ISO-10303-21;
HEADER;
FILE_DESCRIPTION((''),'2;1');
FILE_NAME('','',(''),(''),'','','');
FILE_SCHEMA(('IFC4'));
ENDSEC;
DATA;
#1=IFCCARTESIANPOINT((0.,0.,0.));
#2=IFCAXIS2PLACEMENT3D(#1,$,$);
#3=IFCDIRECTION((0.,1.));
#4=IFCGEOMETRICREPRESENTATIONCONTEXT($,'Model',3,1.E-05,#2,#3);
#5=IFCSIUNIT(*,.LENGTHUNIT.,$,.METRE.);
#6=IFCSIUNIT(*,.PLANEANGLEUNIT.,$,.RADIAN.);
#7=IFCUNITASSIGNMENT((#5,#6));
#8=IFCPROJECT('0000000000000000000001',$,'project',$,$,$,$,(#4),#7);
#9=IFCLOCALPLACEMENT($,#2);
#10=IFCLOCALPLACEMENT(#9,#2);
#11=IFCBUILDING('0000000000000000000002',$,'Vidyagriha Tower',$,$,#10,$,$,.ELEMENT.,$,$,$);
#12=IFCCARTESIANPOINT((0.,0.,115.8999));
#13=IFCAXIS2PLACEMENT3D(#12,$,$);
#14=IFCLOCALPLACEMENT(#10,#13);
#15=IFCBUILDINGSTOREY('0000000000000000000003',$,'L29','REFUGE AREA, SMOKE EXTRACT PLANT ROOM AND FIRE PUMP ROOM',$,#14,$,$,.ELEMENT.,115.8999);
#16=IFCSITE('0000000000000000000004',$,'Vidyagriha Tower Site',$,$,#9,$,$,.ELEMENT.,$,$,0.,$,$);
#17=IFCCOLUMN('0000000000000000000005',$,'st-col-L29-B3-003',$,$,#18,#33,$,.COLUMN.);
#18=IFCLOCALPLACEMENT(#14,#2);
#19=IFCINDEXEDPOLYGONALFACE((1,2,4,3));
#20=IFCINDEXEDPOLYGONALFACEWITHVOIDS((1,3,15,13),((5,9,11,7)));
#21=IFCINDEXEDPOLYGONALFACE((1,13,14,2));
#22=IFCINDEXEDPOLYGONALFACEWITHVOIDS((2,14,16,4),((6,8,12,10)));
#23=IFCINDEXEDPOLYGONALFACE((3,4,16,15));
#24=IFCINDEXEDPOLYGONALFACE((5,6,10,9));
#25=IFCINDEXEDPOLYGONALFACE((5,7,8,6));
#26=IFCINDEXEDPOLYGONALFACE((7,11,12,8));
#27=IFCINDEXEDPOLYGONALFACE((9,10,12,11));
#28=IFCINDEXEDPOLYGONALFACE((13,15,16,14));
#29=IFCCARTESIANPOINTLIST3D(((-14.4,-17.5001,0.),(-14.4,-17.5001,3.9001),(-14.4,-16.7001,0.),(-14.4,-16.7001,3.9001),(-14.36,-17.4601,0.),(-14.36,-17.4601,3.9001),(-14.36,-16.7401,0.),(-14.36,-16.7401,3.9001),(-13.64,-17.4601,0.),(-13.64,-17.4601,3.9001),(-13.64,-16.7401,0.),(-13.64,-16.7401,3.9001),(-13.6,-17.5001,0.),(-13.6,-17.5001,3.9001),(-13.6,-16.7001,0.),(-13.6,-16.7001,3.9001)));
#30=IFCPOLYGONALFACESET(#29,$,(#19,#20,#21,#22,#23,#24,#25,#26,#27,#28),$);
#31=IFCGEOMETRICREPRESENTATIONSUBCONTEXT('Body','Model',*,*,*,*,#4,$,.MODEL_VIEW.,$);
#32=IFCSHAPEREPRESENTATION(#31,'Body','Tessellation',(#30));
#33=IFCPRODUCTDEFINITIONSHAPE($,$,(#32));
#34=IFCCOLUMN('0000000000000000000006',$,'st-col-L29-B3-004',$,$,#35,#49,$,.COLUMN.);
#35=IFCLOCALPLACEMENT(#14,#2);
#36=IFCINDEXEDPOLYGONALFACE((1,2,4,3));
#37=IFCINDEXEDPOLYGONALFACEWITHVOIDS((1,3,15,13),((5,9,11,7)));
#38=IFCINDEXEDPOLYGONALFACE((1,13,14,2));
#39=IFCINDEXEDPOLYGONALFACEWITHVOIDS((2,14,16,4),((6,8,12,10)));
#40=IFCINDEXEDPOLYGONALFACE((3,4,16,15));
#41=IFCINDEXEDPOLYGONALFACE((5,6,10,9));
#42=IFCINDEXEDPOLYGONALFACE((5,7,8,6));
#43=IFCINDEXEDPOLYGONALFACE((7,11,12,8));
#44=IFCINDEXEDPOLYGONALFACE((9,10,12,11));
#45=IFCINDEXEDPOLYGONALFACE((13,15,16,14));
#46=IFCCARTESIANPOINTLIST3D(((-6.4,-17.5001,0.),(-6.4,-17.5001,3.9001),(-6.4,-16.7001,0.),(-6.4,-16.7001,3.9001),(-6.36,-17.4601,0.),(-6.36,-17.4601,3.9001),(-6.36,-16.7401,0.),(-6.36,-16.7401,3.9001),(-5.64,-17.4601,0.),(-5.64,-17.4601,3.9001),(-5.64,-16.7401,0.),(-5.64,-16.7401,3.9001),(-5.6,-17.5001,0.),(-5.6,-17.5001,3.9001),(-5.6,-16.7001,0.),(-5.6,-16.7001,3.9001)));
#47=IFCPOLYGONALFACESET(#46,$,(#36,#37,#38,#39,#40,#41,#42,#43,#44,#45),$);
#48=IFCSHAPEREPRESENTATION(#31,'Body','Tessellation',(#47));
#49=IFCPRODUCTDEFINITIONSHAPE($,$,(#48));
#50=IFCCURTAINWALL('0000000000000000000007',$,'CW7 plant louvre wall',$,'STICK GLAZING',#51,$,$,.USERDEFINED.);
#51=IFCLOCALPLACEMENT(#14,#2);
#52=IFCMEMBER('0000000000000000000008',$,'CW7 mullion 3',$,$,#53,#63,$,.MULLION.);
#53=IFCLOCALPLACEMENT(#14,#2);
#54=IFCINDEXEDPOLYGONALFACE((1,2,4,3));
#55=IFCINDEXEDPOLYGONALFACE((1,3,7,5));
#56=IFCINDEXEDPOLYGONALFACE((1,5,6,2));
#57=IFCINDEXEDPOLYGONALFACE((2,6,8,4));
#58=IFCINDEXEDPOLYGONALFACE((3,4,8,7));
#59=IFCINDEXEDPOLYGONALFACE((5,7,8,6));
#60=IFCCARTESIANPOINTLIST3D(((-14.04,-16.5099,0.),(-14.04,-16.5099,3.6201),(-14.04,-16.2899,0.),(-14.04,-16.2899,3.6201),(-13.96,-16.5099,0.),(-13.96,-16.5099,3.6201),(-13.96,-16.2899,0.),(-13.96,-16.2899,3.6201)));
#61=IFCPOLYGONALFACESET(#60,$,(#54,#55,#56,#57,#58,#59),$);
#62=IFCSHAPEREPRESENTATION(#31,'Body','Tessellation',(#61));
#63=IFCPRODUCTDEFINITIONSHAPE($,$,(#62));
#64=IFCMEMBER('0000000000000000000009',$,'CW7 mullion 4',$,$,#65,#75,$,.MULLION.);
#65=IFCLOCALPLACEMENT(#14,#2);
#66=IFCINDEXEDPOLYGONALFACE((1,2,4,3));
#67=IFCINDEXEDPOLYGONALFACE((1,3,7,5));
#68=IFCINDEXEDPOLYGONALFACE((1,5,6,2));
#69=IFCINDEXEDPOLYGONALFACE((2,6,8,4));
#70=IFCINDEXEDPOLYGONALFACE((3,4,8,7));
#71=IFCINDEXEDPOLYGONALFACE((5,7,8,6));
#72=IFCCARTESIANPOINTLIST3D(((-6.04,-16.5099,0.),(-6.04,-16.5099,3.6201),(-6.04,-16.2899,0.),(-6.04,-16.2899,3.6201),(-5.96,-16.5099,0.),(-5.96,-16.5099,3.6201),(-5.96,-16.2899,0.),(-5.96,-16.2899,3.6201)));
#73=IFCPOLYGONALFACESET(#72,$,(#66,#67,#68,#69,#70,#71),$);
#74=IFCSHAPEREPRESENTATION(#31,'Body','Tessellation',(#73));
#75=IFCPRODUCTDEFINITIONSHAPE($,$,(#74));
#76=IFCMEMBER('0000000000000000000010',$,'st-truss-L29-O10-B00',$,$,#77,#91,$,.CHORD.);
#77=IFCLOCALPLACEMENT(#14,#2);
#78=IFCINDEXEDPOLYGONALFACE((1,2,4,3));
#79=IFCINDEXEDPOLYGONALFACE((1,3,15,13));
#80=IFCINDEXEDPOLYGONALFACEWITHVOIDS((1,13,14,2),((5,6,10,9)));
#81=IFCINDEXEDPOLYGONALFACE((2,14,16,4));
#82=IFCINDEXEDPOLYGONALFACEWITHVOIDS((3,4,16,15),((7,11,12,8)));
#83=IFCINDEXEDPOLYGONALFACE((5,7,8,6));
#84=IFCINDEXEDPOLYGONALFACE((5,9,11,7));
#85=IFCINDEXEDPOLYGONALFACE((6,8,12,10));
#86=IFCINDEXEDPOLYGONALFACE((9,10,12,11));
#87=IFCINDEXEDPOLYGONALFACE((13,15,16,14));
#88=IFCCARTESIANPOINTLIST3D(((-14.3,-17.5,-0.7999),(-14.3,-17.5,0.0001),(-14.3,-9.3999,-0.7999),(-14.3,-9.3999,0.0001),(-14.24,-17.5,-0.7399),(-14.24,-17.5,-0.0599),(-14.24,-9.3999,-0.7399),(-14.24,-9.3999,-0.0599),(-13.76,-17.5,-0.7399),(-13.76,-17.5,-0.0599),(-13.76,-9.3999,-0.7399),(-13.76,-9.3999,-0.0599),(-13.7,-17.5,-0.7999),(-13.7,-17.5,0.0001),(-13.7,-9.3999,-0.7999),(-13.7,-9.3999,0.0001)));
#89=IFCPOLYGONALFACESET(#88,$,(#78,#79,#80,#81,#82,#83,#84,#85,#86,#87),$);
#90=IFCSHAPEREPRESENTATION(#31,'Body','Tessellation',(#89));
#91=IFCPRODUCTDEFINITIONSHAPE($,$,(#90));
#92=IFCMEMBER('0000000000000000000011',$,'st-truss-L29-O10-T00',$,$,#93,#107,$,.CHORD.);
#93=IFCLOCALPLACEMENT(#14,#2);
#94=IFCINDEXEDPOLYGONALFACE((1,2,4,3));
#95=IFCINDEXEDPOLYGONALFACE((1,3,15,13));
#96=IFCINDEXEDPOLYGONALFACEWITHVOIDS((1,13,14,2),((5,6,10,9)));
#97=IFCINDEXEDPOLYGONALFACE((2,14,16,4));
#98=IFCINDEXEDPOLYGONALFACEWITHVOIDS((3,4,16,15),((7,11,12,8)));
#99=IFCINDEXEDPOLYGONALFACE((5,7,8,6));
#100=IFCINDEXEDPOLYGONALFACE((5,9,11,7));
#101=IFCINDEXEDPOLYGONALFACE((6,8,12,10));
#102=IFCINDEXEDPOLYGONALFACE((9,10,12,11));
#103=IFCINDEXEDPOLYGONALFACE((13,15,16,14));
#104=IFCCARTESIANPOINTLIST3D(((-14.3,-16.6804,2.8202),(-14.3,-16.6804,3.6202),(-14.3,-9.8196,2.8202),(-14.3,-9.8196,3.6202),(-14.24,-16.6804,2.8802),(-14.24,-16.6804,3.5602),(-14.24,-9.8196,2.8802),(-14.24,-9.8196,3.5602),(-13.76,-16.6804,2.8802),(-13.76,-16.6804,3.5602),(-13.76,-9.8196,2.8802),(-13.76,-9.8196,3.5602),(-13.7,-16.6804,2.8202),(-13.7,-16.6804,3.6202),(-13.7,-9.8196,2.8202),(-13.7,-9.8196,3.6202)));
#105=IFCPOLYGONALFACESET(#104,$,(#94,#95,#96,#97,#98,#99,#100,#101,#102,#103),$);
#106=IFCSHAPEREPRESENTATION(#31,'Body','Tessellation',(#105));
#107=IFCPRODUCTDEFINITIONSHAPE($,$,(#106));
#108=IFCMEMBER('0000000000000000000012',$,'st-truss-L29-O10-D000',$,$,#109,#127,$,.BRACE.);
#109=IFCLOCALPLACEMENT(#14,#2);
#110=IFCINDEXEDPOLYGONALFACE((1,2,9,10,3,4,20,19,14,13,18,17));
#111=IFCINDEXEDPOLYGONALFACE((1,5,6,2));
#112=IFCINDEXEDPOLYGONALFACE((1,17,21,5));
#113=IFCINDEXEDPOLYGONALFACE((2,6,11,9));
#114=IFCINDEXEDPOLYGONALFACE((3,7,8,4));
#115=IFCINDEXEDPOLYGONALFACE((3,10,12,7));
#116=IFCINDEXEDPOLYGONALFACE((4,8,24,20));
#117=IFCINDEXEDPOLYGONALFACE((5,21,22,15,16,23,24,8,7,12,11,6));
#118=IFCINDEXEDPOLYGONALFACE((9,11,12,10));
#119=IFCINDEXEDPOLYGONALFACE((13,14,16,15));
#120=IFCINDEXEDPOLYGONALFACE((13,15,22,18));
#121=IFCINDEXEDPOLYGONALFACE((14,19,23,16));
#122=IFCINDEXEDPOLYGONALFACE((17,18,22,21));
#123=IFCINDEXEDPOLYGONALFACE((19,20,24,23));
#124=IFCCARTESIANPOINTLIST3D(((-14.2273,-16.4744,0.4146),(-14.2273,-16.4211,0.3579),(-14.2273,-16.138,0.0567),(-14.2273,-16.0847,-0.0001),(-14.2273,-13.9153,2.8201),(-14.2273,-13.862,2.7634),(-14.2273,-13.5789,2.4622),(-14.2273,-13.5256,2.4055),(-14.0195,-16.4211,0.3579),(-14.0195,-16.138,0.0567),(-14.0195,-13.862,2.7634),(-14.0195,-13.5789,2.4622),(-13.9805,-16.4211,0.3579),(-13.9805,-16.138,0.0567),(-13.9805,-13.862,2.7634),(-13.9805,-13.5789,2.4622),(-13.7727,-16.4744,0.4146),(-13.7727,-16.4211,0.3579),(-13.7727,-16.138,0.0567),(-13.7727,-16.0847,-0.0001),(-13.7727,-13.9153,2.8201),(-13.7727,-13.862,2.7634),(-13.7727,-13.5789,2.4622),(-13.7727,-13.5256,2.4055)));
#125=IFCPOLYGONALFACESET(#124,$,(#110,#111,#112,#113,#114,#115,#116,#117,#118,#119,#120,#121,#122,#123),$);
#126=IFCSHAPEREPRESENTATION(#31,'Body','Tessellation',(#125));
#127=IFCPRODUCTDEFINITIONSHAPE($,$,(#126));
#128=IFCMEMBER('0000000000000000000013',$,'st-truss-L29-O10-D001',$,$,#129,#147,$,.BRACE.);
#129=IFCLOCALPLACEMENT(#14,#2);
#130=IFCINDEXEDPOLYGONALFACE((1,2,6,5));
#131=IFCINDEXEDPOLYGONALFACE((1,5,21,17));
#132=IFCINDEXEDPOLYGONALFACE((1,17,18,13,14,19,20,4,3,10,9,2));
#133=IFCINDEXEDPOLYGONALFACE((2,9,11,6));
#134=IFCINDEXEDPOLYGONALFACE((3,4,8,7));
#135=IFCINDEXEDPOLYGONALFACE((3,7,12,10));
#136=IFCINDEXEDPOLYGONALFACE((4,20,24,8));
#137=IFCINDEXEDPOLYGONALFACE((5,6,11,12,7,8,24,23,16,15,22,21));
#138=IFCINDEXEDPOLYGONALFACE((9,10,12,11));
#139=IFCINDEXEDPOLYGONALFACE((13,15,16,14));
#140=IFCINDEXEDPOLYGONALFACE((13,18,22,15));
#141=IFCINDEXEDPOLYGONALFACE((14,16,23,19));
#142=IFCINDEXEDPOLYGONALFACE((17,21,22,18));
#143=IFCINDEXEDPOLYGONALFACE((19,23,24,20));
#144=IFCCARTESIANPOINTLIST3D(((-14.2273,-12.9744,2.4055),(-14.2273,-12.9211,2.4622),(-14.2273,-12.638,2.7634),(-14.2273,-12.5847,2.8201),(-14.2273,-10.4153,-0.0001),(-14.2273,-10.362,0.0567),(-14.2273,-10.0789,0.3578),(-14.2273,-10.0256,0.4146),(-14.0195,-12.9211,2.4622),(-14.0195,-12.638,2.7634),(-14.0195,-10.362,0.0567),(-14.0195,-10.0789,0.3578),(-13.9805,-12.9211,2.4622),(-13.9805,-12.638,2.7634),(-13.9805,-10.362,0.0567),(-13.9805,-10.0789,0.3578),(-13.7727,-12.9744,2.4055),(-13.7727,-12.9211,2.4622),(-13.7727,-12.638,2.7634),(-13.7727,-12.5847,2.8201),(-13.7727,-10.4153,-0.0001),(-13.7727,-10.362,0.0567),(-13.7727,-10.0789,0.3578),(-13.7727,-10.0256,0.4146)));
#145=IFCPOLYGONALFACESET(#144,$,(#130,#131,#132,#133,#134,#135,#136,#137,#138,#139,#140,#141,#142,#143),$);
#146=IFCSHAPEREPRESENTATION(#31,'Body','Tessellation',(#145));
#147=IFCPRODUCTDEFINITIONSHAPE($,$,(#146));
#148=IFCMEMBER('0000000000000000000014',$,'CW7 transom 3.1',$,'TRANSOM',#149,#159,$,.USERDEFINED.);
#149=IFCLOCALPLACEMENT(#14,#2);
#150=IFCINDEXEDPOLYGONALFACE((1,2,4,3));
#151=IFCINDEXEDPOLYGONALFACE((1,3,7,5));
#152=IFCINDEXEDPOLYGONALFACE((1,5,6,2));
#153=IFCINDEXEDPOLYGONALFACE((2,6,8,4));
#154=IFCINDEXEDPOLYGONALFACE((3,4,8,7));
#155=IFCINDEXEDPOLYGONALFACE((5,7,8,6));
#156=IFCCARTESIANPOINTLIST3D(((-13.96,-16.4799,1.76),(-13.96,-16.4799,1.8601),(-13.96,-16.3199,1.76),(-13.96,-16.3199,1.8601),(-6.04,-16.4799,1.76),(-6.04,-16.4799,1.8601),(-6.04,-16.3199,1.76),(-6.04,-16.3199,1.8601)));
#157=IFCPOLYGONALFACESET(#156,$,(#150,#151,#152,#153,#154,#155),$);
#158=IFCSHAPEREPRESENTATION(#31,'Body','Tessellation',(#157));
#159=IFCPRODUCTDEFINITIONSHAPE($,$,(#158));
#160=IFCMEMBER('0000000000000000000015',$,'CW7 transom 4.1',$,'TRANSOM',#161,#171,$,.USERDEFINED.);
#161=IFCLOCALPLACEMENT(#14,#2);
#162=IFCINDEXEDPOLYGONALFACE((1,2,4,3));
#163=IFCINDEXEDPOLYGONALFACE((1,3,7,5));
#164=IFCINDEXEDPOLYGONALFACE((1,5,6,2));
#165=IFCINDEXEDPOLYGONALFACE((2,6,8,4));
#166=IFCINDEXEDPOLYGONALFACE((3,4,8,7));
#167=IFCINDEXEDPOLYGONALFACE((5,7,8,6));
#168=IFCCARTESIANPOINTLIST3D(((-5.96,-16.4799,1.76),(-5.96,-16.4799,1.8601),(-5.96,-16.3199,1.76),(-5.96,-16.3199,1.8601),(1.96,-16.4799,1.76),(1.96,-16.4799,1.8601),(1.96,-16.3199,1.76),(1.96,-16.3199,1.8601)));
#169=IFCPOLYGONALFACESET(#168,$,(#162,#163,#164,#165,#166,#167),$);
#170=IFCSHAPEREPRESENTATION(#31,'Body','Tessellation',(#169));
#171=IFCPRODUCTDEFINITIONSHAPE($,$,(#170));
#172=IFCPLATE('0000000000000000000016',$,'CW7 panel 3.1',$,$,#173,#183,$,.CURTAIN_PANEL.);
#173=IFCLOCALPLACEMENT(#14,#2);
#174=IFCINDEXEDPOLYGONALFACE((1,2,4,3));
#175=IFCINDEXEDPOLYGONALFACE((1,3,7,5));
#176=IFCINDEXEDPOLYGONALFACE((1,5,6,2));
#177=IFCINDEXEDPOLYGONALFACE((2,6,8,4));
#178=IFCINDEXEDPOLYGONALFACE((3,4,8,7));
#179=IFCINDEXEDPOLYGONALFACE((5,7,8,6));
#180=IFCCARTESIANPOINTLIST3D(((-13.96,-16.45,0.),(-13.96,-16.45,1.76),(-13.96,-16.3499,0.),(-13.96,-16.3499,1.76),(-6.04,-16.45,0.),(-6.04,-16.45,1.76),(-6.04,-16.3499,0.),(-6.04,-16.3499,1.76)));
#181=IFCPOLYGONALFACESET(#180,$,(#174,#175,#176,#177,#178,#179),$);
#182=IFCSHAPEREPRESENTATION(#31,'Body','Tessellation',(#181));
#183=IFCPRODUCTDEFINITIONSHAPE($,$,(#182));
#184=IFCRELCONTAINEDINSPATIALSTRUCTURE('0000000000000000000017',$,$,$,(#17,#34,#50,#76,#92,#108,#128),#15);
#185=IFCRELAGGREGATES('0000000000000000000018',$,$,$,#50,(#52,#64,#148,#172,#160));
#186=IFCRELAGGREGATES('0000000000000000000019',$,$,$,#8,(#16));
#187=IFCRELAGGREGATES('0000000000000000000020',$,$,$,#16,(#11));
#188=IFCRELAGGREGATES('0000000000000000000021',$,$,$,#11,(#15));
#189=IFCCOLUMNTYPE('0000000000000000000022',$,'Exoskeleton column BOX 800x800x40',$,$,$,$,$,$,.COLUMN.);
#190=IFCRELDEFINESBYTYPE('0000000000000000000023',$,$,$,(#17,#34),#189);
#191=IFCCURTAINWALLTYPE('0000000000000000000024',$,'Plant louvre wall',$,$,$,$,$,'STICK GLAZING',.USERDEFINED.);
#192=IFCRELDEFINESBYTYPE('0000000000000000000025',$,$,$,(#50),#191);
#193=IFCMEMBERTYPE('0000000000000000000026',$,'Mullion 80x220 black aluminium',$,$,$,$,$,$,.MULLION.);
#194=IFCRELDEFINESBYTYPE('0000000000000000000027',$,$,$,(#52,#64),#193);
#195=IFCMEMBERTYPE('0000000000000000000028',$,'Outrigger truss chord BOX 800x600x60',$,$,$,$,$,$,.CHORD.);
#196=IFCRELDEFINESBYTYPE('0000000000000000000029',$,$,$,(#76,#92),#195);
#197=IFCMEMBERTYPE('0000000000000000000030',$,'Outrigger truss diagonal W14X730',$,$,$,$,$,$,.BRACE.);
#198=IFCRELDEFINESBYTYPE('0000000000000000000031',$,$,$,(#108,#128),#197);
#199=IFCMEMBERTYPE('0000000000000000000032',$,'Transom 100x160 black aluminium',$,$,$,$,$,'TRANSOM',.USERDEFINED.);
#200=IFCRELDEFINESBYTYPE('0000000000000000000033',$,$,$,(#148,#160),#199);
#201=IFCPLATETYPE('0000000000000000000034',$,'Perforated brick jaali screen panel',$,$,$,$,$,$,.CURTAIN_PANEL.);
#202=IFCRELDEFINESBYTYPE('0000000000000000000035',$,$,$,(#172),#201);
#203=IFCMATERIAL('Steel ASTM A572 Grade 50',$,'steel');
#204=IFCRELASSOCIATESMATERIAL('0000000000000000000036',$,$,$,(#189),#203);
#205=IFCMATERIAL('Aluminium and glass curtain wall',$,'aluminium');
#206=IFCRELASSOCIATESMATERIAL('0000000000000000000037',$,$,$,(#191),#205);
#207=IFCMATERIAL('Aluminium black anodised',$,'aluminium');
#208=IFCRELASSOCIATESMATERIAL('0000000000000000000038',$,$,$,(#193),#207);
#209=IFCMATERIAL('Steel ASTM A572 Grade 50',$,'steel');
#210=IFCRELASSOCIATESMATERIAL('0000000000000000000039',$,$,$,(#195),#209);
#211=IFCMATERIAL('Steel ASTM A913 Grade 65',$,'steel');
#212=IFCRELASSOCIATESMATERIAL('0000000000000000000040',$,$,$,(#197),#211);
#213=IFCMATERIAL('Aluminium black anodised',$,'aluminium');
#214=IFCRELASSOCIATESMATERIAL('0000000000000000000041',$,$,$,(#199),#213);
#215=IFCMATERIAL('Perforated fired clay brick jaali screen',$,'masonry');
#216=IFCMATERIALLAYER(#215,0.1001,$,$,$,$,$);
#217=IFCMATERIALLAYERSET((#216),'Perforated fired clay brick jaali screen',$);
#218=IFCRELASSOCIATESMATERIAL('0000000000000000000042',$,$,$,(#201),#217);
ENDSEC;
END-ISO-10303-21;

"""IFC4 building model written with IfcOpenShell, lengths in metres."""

from ifc_helpers import new_model, si_unit, direction, frame, origin, origin_2d, place, context, subcontext, project, spatial, rectangle, hollow_rectangle, i_section, extrude, material, layer, layer_set, material_profile, profile_set, type_object, element, aggregate, save


model = new_model("IFC4")

# Units and contexts
model_context = context("Model", 3, precision=1e-05, world=origin(), true_north=direction((0.0, 1.0)))
body_context = subcontext(model_context, "Body", "Model", "MODEL_VIEW")
ifc_project = project(units=[si_unit("LENGTHUNIT", "METRE"), si_unit("PLANEANGLEUNIT", "RADIAN")], contexts=[model_context])

# Site, building, storey
site_placement = place(None, origin())
site = spatial("IfcSite", under=ifc_project, at=site_placement, Name="Vidyagriha Tower Site", CompositionType="ELEMENT", RefElevation=0.0)
building_placement = place(site_placement, origin())
building = spatial("IfcBuilding", under=site, at=building_placement, Name="Vidyagriha Tower", CompositionType="ELEMENT")
storey_placement = place(building_placement, frame((0.0, 0.0, 115.8999)))
storey = spatial("IfcBuildingStorey", under=building, at=storey_placement, Name="L29", Description="REFUGE AREA, SMOKE EXTRACT PLANT ROOM AND FIRE PUMP ROOM", CompositionType="ELEMENT", Elevation=115.8999)

# Columns
ifc_material_1 = material(Name="Steel ASTM A572 Grade 50", Category="steel")
ifc_material_profile_1 = material_profile(ifc_material_1, hollow_rectangle(XDim=0.8, YDim=0.8, WallThickness=0.04, at=origin_2d()), Name="BOX 800x800x40")
ifc_profile_set_1 = profile_set([ifc_material_profile_1], Name="Steel ASTM A572 Grade 50")
column_type = type_object("IfcColumnType", Name="Exoskeleton column BOX 800x800x40", PredefinedType="COLUMN", material=ifc_profile_set_1)
for number, where, name in (
    (1, (-14.0, -17.1001, 0.0), "st-col-L29-B3-003"),
    (2, (-6.0, -17.1001, 0.0), "st-col-L29-B3-004"),
):
    element("IfcColumn", number, at=place(storey_placement, frame(where)), inside=storey, type_object=column_type, Name=name, PredefinedType="COLUMN", context=body_context, shape_type="SweptSolid", body=[
        extrude(hollow_rectangle(XDim=0.8, YDim=0.8, WallThickness=0.04, at=origin_2d()), origin(), (0.0, 0.0, 1.0), 3.9001),
    ])

# Curtain wall, members
ifc_material_2 = material(Name="Aluminium and glass curtain wall", Category="aluminium")
curtain_wall_type = type_object("IfcCurtainWallType", Name="Plant louvre wall", ElementType="STICK GLAZING", PredefinedType="USERDEFINED", material=ifc_material_2)
curtain_wall_placement = place(storey_placement, origin())
curtain_wall = element("IfcCurtainWall", 3, at=curtain_wall_placement, inside=storey, type_object=curtain_wall_type, Name="CW7 plant louvre wall", ObjectType="STICK GLAZING", PredefinedType="USERDEFINED")
ifc_material_3 = material(Name="Aluminium black anodised", Category="aluminium")
ifc_material_profile_2 = material_profile(ifc_material_3, rectangle(XDim=0.22, YDim=0.0801, at=origin_2d()), Name="Mullion 80x220 black aluminium")
ifc_profile_set_2 = profile_set([ifc_material_profile_2], Name="Aluminium black anodised")
member_type_1 = type_object("IfcMemberType", Name="Mullion 80x220 black aluminium", PredefinedType="MULLION", material=ifc_profile_set_2)
member_1_placement = place(storey_placement, frame((-14.0, -16.3999, 0.0), z_axis=(0.0, 0.0, 1.0), x_axis=(0.0, 1.0, 0.0)))
member_1 = element("IfcMember", 4, at=member_1_placement, type_object=member_type_1, Name="CW7 mullion 3", PredefinedType="MULLION", context=body_context, shape_type="SweptSolid", body=[
    extrude(rectangle(XDim=0.22, YDim=0.0801, at=origin_2d()), origin(), (0.0, 0.0, 1.0), 3.6201),
])
member_2_placement = place(storey_placement, frame((-6.0, -16.3999, 0.0), z_axis=(0.0, 0.0, 1.0), x_axis=(0.0, 1.0, 0.0)))
member_2 = element("IfcMember", 5, at=member_2_placement, type_object=member_type_1, Name="CW7 mullion 4", PredefinedType="MULLION", context=body_context, shape_type="SweptSolid", body=[
    extrude(rectangle(XDim=0.22, YDim=0.0801, at=origin_2d()), origin(), (0.0, 0.0, 1.0), 3.6201),
])

# Members
ifc_material_4 = material(Name="Steel ASTM A572 Grade 50", Category="steel")
ifc_material_profile_3 = material_profile(ifc_material_4, hollow_rectangle(XDim=0.6001, YDim=0.8, WallThickness=0.0601, at=origin_2d()), Name="BOX 800x600x60")
ifc_profile_set_3 = profile_set([ifc_material_profile_3], Name="Steel ASTM A572 Grade 50")
member_type_2 = type_object("IfcMemberType", Name="Outrigger truss chord BOX 800x600x60", PredefinedType="CHORD", material=ifc_profile_set_3)
member_3_placement = place(storey_placement, frame((-14.0, -17.5, -0.3999), z_axis=(0.0, 1.0, 0.0), x_axis=(-1.0, 0.0, 0.0)))
element("IfcMember", 6, at=member_3_placement, inside=storey, type_object=member_type_2, Name="st-truss-L29-O10-B00", PredefinedType="CHORD", context=body_context, shape_type="SweptSolid", body=[
    extrude(hollow_rectangle(XDim=0.6001, YDim=0.8, WallThickness=0.0601, at=origin_2d()), origin(), (0.0, 0.0, 1.0), 8.1001),
])
member_4_placement = place(storey_placement, frame((-14.0, -16.6804, 3.2202), z_axis=(0.0, 1.0, 0.0), x_axis=(-1.0, 0.0, 0.0)))
element("IfcMember", 7, at=member_4_placement, inside=storey, type_object=member_type_2, Name="st-truss-L29-O10-T00", PredefinedType="CHORD", context=body_context, shape_type="SweptSolid", body=[
    extrude(hollow_rectangle(XDim=0.6001, YDim=0.8, WallThickness=0.0601, at=origin_2d()), origin(), (0.0, 0.0, 1.0), 6.8608),
])
ifc_material_5 = material(Name="Steel ASTM A913 Grade 65", Category="steel")
ifc_material_profile_4 = material_profile(ifc_material_5, i_section(OverallWidth=0.4546, OverallDepth=0.5691, WebThickness=0.0391, FlangeThickness=0.0779, at=origin_2d()), Name="W14X730")
ifc_profile_set_4 = profile_set([ifc_material_profile_4], Name="Steel ASTM A913 Grade 65")
member_type_3 = type_object("IfcMemberType", Name="Outrigger truss diagonal W14X730", PredefinedType="BRACE", material=ifc_profile_set_4)
for number, where, z_axis, x_axis, name in (
    (8, (-14.0, -16.2795, 0.2073), (0.0, 0.72863, 0.684907), (-1.0, 0.0, 0.0), "st-truss-L29-O10-D000"),
    (9, (-14.0, -12.7795, 2.6128), (0.0, 0.72863, -0.684907), (-1.0, 0.0, 0.0), "st-truss-L29-O10-D001"),
):
    element("IfcMember", number, at=place(storey_placement, frame(where, z_axis=z_axis, x_axis=x_axis)), inside=storey, type_object=member_type_3, Name=name, PredefinedType="BRACE", context=body_context, shape_type="SweptSolid", body=[
        extrude(i_section(OverallWidth=0.4546, OverallDepth=0.5691, WebThickness=0.0391, FlangeThickness=0.0779, at=origin_2d()), origin(), (0.0, 0.0, 1.0), 3.5122),
    ])

# Members
ifc_material_6 = material(Name="Aluminium black anodised", Category="aluminium")
ifc_material_profile_5 = material_profile(ifc_material_6, rectangle(XDim=0.1599, YDim=0.1001, at=origin_2d()), Name="Transom 100x160 black aluminium")
ifc_profile_set_5 = profile_set([ifc_material_profile_5], Name="Aluminium black anodised")
member_type_4 = type_object("IfcMemberType", Name="Transom 100x160 black aluminium", ElementType="TRANSOM", PredefinedType="USERDEFINED", material=ifc_profile_set_5)
member_5_placement = place(storey_placement, frame((-13.96, -16.3999, 1.8101), z_axis=(1.0, 0.0, 0.0), x_axis=(0.0, 1.0, 0.0)))
member_5 = element("IfcMember", 10, at=member_5_placement, type_object=member_type_4, Name="CW7 transom 3.1", ObjectType="TRANSOM", PredefinedType="USERDEFINED", context=body_context, shape_type="SweptSolid", body=[
    extrude(rectangle(XDim=0.1599, YDim=0.1001, at=origin_2d()), origin(), (0.0, 0.0, 1.0), 7.9199),
])
member_6_placement = place(storey_placement, frame((-5.96, -16.3999, 1.8101), z_axis=(1.0, 0.0, 0.0), x_axis=(0.0, 1.0, 0.0)))
member_6 = element("IfcMember", 11, at=member_6_placement, type_object=member_type_4, Name="CW7 transom 4.1", ObjectType="TRANSOM", PredefinedType="USERDEFINED", context=body_context, shape_type="SweptSolid", body=[
    extrude(rectangle(XDim=0.1599, YDim=0.1001, at=origin_2d()), origin(), (0.0, 0.0, 1.0), 7.9199),
])

# Plate
ifc_material_7 = material(Name="Perforated fired clay brick jaali screen", Category="masonry")
ifc_layer_1 = layer(ifc_material_7, 0.1001)
ifc_layer_set_1 = layer_set([ifc_layer_1], Name="Perforated fired clay brick jaali screen")
plate_type = type_object("IfcPlateType", Name="Perforated brick jaali screen panel", PredefinedType="CURTAIN_PANEL", material=ifc_layer_set_1)
plate_1_placement = place(storey_placement, frame((-10.0, -16.3999, 0.0)))
plate_1 = element("IfcPlate", 12, at=plate_1_placement, type_object=plate_type, Name="CW7 panel 3.1", PredefinedType="CURTAIN_PANEL", context=body_context, shape_type="SweptSolid", body=[
    extrude(rectangle(XDim=7.9199, YDim=0.1001, at=origin_2d()), origin(), (0.0, 0.0, 1.0), 1.76),
])
aggregate(curtain_wall, [member_1, member_2, member_5, plate_1, member_6])

save(model, "model.ifc")
